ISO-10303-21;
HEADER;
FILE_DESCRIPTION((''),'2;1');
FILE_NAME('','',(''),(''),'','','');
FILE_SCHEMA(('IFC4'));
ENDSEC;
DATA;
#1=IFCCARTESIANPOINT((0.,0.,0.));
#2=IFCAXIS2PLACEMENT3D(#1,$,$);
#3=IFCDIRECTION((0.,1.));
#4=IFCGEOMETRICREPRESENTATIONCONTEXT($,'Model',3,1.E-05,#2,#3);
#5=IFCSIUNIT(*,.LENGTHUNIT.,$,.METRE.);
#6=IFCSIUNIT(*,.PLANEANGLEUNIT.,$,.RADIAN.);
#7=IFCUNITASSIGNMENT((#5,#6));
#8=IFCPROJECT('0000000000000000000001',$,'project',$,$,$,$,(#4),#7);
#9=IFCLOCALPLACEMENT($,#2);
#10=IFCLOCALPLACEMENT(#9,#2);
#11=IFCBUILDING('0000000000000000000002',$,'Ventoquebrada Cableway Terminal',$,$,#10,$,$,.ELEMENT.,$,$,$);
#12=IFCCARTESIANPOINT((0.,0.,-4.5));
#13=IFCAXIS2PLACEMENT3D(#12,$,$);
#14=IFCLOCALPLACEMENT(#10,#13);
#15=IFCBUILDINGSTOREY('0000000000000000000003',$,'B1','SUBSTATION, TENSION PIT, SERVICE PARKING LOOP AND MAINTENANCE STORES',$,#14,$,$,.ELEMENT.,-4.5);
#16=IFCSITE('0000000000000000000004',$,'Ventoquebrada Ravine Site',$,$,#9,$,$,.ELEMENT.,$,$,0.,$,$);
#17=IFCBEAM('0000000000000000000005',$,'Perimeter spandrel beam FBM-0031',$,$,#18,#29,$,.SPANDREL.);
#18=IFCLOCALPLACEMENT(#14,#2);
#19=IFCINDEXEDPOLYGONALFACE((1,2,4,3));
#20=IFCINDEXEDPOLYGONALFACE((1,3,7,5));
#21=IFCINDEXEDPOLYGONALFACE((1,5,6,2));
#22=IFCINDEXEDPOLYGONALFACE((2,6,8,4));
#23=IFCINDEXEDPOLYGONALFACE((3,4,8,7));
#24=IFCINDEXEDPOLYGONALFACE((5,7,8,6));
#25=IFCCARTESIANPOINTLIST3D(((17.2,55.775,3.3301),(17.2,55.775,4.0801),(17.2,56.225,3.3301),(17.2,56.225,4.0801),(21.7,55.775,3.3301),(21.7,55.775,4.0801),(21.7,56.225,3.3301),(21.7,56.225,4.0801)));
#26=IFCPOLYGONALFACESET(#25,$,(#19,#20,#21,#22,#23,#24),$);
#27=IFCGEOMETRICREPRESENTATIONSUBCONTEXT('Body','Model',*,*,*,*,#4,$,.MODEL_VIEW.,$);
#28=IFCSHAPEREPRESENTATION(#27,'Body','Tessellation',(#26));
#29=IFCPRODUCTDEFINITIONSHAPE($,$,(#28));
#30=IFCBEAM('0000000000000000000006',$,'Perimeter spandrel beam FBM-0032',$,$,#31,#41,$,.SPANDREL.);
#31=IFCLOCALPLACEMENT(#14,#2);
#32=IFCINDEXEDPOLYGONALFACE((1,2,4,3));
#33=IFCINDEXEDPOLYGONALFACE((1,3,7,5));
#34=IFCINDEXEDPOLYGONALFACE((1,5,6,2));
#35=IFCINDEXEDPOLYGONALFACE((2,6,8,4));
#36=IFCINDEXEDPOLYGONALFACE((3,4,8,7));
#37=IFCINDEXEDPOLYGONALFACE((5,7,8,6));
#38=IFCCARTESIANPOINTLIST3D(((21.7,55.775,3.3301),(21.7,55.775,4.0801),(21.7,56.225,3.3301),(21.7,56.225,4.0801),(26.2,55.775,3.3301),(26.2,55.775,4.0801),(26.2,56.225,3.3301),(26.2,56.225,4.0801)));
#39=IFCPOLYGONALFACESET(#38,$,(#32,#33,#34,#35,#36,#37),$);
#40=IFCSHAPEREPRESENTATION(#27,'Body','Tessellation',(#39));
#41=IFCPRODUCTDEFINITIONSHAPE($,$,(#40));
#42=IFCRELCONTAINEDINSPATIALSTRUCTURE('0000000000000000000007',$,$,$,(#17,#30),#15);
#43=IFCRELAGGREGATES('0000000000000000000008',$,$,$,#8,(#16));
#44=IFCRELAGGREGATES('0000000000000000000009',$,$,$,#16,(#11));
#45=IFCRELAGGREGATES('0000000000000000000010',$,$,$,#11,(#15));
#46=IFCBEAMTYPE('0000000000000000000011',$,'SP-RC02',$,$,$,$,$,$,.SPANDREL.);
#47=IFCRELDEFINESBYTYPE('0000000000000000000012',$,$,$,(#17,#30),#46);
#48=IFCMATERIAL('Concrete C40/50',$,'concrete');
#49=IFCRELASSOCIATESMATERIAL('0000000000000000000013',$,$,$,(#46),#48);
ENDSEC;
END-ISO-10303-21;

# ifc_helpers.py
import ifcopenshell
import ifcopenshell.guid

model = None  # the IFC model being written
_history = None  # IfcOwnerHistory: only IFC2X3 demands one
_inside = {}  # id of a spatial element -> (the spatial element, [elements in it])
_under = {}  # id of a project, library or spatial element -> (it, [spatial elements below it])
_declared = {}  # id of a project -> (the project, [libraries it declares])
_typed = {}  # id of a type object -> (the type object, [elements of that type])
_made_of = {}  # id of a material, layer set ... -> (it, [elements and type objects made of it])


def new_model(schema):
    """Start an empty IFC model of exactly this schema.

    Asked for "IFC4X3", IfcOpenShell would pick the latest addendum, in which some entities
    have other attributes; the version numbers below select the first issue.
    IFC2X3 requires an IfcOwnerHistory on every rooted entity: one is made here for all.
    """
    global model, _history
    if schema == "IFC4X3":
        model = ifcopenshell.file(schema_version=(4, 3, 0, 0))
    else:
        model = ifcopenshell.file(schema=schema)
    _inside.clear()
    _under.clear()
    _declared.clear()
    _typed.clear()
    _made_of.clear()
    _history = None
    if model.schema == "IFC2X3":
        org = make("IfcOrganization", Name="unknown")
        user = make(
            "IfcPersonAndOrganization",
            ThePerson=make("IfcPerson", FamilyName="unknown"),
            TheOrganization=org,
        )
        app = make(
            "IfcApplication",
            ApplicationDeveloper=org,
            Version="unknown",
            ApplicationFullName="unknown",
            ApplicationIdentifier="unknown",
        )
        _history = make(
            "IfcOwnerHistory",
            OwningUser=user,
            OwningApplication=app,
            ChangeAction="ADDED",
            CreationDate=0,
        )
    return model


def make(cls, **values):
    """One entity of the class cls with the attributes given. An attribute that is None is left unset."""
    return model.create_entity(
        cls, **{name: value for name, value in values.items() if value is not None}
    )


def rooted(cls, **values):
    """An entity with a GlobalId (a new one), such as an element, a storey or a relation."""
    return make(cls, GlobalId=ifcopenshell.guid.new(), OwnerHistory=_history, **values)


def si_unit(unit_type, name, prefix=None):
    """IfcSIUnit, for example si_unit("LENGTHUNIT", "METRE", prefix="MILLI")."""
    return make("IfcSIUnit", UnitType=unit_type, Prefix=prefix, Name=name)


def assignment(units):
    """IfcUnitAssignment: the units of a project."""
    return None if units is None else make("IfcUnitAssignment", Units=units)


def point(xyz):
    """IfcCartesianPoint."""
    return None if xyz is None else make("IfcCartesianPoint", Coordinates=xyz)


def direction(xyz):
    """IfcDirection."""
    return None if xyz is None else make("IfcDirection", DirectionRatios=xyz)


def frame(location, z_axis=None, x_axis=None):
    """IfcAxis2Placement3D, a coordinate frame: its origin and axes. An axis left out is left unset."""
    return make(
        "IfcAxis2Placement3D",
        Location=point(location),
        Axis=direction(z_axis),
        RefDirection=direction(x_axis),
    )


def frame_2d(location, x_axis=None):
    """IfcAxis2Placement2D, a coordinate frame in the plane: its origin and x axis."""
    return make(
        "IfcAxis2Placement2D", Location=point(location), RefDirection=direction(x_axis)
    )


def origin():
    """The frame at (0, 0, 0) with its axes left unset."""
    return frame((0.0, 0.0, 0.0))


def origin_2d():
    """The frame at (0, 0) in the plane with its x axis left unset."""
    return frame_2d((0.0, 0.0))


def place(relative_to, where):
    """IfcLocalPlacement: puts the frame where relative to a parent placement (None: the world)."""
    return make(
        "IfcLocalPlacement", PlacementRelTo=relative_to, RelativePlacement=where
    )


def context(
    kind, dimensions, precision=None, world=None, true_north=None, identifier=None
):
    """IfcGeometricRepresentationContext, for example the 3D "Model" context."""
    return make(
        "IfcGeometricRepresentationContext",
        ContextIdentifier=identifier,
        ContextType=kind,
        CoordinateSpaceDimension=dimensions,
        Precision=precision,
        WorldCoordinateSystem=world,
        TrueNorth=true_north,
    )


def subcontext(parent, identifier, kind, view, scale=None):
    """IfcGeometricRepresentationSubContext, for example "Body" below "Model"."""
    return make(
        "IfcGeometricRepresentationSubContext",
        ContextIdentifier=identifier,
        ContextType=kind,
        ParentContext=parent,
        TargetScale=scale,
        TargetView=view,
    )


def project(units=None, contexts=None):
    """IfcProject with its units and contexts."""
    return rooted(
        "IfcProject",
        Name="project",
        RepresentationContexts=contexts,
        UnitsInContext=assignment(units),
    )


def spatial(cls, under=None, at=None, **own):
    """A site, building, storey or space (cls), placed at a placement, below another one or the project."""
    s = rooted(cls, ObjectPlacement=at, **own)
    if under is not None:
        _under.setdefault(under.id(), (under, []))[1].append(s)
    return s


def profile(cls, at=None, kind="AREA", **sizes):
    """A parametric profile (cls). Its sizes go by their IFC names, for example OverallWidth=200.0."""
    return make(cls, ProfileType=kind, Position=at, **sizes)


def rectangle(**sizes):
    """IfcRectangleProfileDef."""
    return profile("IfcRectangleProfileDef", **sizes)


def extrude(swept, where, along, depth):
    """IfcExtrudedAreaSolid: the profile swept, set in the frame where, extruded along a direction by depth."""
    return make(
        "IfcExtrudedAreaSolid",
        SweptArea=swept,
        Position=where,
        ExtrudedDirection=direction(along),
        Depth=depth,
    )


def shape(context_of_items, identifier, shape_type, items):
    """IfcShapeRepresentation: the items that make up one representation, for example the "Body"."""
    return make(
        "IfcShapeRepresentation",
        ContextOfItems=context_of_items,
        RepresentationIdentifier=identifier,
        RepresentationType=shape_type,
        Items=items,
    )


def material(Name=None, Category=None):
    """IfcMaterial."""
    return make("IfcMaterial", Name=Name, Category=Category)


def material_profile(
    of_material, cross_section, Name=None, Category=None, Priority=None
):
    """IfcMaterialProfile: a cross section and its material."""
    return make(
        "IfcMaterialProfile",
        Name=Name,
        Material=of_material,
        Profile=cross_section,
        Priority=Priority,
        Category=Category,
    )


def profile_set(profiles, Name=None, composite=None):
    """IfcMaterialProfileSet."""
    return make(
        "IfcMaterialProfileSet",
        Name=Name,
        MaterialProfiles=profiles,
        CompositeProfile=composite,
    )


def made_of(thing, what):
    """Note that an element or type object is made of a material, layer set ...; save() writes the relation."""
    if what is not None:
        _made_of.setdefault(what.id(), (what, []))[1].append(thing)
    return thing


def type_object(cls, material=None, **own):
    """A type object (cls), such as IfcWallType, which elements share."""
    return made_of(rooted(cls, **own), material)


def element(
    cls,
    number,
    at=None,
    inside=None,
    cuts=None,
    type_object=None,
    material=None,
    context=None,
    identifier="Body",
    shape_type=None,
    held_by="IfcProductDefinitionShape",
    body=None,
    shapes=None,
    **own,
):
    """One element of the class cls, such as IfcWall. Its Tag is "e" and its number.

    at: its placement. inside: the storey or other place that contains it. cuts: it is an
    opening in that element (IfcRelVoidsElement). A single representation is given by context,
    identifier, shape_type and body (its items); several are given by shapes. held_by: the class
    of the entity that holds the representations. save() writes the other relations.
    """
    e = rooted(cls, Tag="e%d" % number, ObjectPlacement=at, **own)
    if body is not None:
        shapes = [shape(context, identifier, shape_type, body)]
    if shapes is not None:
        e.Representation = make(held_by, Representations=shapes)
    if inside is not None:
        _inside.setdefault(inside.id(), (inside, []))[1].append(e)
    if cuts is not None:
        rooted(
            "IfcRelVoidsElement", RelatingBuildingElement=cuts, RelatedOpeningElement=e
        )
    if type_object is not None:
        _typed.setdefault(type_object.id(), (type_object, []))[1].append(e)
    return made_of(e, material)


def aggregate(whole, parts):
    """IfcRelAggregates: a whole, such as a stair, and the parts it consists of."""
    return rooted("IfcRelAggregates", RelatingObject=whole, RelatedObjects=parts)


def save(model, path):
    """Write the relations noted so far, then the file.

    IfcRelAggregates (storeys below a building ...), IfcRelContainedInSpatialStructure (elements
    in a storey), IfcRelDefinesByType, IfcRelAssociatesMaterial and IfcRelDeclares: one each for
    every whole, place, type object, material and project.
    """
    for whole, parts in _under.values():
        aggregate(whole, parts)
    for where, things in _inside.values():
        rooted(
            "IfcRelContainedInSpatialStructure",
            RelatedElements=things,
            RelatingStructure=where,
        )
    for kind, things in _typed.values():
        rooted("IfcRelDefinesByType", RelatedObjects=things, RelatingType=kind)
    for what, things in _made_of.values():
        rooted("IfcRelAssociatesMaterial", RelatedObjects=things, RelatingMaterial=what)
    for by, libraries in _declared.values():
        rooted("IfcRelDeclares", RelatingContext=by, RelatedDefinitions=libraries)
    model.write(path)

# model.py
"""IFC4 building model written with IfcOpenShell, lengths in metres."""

from ifc_helpers import new_model, si_unit, direction, frame, origin, origin_2d, place, context, subcontext, project, spatial, rectangle, extrude, material, material_profile, profile_set, type_object, element, save


model = new_model("IFC4")

# Units and contexts
model_context = context("Model", 3, precision=1e-05, world=origin(), true_north=direction((0.0, 1.0)))
body_context = subcontext(model_context, "Body", "Model", "MODEL_VIEW")
ifc_project = project(units=[si_unit("LENGTHUNIT", "METRE"), si_unit("PLANEANGLEUNIT", "RADIAN")], contexts=[model_context])

# Site, building, storey
site_placement = place(None, origin())
site = spatial("IfcSite", under=ifc_project, at=site_placement, Name="Ventoquebrada Ravine Site", CompositionType="ELEMENT", RefElevation=0.0)
building_placement = place(site_placement, origin())
building = spatial("IfcBuilding", under=site, at=building_placement, Name="Ventoquebrada Cableway Terminal", CompositionType="ELEMENT")
storey_placement = place(building_placement, frame((0.0, 0.0, -4.5)))
storey = spatial("IfcBuildingStorey", under=building, at=storey_placement, Name="B1", Description="SUBSTATION, TENSION PIT, SERVICE PARKING LOOP AND MAINTENANCE STORES", CompositionType="ELEMENT", Elevation=-4.5)

# Shared definitions
ifc_material = material(Name="Concrete C40/50", Category="concrete")

# Beams
ifc_material_profile_1 = material_profile(ifc_material, rectangle(XDim=0.45, YDim=0.75, at=origin_2d()), Name="RC-BM-450X750")
ifc_profile_set_1 = profile_set([ifc_material_profile_1], Name="Concrete C40/50")
beam_type_1 = type_object("IfcBeamType", Name="SP-RC02", PredefinedType="SPANDREL", material=ifc_profile_set_1)
for number, where, z_axis, x_axis, name in (
    (1, (17.2, 56.0, 3.7051), (1.0, 0.0, 0.0), (0.0, 1.0, 0.0), "Perimeter spandrel beam FBM-0031"),
    (2, (21.7, 56.0, 3.7051), (1.0, 0.0, 0.0), (0.0, 1.0, 0.0), "Perimeter spandrel beam FBM-0032"),
):
    element("IfcBeam", number, at=place(storey_placement, frame(where, z_axis=z_axis, x_axis=x_axis)), inside=storey, type_object=beam_type_1, Name=name, PredefinedType="SPANDREL", context=body_context, shape_type="SweptSolid", body=[
        extrude(rectangle(XDim=0.45, YDim=0.75, at=origin_2d()), origin(), (0.0, 0.0, 1.0), 4.5),
    ])

save(model, "model.ifc")
